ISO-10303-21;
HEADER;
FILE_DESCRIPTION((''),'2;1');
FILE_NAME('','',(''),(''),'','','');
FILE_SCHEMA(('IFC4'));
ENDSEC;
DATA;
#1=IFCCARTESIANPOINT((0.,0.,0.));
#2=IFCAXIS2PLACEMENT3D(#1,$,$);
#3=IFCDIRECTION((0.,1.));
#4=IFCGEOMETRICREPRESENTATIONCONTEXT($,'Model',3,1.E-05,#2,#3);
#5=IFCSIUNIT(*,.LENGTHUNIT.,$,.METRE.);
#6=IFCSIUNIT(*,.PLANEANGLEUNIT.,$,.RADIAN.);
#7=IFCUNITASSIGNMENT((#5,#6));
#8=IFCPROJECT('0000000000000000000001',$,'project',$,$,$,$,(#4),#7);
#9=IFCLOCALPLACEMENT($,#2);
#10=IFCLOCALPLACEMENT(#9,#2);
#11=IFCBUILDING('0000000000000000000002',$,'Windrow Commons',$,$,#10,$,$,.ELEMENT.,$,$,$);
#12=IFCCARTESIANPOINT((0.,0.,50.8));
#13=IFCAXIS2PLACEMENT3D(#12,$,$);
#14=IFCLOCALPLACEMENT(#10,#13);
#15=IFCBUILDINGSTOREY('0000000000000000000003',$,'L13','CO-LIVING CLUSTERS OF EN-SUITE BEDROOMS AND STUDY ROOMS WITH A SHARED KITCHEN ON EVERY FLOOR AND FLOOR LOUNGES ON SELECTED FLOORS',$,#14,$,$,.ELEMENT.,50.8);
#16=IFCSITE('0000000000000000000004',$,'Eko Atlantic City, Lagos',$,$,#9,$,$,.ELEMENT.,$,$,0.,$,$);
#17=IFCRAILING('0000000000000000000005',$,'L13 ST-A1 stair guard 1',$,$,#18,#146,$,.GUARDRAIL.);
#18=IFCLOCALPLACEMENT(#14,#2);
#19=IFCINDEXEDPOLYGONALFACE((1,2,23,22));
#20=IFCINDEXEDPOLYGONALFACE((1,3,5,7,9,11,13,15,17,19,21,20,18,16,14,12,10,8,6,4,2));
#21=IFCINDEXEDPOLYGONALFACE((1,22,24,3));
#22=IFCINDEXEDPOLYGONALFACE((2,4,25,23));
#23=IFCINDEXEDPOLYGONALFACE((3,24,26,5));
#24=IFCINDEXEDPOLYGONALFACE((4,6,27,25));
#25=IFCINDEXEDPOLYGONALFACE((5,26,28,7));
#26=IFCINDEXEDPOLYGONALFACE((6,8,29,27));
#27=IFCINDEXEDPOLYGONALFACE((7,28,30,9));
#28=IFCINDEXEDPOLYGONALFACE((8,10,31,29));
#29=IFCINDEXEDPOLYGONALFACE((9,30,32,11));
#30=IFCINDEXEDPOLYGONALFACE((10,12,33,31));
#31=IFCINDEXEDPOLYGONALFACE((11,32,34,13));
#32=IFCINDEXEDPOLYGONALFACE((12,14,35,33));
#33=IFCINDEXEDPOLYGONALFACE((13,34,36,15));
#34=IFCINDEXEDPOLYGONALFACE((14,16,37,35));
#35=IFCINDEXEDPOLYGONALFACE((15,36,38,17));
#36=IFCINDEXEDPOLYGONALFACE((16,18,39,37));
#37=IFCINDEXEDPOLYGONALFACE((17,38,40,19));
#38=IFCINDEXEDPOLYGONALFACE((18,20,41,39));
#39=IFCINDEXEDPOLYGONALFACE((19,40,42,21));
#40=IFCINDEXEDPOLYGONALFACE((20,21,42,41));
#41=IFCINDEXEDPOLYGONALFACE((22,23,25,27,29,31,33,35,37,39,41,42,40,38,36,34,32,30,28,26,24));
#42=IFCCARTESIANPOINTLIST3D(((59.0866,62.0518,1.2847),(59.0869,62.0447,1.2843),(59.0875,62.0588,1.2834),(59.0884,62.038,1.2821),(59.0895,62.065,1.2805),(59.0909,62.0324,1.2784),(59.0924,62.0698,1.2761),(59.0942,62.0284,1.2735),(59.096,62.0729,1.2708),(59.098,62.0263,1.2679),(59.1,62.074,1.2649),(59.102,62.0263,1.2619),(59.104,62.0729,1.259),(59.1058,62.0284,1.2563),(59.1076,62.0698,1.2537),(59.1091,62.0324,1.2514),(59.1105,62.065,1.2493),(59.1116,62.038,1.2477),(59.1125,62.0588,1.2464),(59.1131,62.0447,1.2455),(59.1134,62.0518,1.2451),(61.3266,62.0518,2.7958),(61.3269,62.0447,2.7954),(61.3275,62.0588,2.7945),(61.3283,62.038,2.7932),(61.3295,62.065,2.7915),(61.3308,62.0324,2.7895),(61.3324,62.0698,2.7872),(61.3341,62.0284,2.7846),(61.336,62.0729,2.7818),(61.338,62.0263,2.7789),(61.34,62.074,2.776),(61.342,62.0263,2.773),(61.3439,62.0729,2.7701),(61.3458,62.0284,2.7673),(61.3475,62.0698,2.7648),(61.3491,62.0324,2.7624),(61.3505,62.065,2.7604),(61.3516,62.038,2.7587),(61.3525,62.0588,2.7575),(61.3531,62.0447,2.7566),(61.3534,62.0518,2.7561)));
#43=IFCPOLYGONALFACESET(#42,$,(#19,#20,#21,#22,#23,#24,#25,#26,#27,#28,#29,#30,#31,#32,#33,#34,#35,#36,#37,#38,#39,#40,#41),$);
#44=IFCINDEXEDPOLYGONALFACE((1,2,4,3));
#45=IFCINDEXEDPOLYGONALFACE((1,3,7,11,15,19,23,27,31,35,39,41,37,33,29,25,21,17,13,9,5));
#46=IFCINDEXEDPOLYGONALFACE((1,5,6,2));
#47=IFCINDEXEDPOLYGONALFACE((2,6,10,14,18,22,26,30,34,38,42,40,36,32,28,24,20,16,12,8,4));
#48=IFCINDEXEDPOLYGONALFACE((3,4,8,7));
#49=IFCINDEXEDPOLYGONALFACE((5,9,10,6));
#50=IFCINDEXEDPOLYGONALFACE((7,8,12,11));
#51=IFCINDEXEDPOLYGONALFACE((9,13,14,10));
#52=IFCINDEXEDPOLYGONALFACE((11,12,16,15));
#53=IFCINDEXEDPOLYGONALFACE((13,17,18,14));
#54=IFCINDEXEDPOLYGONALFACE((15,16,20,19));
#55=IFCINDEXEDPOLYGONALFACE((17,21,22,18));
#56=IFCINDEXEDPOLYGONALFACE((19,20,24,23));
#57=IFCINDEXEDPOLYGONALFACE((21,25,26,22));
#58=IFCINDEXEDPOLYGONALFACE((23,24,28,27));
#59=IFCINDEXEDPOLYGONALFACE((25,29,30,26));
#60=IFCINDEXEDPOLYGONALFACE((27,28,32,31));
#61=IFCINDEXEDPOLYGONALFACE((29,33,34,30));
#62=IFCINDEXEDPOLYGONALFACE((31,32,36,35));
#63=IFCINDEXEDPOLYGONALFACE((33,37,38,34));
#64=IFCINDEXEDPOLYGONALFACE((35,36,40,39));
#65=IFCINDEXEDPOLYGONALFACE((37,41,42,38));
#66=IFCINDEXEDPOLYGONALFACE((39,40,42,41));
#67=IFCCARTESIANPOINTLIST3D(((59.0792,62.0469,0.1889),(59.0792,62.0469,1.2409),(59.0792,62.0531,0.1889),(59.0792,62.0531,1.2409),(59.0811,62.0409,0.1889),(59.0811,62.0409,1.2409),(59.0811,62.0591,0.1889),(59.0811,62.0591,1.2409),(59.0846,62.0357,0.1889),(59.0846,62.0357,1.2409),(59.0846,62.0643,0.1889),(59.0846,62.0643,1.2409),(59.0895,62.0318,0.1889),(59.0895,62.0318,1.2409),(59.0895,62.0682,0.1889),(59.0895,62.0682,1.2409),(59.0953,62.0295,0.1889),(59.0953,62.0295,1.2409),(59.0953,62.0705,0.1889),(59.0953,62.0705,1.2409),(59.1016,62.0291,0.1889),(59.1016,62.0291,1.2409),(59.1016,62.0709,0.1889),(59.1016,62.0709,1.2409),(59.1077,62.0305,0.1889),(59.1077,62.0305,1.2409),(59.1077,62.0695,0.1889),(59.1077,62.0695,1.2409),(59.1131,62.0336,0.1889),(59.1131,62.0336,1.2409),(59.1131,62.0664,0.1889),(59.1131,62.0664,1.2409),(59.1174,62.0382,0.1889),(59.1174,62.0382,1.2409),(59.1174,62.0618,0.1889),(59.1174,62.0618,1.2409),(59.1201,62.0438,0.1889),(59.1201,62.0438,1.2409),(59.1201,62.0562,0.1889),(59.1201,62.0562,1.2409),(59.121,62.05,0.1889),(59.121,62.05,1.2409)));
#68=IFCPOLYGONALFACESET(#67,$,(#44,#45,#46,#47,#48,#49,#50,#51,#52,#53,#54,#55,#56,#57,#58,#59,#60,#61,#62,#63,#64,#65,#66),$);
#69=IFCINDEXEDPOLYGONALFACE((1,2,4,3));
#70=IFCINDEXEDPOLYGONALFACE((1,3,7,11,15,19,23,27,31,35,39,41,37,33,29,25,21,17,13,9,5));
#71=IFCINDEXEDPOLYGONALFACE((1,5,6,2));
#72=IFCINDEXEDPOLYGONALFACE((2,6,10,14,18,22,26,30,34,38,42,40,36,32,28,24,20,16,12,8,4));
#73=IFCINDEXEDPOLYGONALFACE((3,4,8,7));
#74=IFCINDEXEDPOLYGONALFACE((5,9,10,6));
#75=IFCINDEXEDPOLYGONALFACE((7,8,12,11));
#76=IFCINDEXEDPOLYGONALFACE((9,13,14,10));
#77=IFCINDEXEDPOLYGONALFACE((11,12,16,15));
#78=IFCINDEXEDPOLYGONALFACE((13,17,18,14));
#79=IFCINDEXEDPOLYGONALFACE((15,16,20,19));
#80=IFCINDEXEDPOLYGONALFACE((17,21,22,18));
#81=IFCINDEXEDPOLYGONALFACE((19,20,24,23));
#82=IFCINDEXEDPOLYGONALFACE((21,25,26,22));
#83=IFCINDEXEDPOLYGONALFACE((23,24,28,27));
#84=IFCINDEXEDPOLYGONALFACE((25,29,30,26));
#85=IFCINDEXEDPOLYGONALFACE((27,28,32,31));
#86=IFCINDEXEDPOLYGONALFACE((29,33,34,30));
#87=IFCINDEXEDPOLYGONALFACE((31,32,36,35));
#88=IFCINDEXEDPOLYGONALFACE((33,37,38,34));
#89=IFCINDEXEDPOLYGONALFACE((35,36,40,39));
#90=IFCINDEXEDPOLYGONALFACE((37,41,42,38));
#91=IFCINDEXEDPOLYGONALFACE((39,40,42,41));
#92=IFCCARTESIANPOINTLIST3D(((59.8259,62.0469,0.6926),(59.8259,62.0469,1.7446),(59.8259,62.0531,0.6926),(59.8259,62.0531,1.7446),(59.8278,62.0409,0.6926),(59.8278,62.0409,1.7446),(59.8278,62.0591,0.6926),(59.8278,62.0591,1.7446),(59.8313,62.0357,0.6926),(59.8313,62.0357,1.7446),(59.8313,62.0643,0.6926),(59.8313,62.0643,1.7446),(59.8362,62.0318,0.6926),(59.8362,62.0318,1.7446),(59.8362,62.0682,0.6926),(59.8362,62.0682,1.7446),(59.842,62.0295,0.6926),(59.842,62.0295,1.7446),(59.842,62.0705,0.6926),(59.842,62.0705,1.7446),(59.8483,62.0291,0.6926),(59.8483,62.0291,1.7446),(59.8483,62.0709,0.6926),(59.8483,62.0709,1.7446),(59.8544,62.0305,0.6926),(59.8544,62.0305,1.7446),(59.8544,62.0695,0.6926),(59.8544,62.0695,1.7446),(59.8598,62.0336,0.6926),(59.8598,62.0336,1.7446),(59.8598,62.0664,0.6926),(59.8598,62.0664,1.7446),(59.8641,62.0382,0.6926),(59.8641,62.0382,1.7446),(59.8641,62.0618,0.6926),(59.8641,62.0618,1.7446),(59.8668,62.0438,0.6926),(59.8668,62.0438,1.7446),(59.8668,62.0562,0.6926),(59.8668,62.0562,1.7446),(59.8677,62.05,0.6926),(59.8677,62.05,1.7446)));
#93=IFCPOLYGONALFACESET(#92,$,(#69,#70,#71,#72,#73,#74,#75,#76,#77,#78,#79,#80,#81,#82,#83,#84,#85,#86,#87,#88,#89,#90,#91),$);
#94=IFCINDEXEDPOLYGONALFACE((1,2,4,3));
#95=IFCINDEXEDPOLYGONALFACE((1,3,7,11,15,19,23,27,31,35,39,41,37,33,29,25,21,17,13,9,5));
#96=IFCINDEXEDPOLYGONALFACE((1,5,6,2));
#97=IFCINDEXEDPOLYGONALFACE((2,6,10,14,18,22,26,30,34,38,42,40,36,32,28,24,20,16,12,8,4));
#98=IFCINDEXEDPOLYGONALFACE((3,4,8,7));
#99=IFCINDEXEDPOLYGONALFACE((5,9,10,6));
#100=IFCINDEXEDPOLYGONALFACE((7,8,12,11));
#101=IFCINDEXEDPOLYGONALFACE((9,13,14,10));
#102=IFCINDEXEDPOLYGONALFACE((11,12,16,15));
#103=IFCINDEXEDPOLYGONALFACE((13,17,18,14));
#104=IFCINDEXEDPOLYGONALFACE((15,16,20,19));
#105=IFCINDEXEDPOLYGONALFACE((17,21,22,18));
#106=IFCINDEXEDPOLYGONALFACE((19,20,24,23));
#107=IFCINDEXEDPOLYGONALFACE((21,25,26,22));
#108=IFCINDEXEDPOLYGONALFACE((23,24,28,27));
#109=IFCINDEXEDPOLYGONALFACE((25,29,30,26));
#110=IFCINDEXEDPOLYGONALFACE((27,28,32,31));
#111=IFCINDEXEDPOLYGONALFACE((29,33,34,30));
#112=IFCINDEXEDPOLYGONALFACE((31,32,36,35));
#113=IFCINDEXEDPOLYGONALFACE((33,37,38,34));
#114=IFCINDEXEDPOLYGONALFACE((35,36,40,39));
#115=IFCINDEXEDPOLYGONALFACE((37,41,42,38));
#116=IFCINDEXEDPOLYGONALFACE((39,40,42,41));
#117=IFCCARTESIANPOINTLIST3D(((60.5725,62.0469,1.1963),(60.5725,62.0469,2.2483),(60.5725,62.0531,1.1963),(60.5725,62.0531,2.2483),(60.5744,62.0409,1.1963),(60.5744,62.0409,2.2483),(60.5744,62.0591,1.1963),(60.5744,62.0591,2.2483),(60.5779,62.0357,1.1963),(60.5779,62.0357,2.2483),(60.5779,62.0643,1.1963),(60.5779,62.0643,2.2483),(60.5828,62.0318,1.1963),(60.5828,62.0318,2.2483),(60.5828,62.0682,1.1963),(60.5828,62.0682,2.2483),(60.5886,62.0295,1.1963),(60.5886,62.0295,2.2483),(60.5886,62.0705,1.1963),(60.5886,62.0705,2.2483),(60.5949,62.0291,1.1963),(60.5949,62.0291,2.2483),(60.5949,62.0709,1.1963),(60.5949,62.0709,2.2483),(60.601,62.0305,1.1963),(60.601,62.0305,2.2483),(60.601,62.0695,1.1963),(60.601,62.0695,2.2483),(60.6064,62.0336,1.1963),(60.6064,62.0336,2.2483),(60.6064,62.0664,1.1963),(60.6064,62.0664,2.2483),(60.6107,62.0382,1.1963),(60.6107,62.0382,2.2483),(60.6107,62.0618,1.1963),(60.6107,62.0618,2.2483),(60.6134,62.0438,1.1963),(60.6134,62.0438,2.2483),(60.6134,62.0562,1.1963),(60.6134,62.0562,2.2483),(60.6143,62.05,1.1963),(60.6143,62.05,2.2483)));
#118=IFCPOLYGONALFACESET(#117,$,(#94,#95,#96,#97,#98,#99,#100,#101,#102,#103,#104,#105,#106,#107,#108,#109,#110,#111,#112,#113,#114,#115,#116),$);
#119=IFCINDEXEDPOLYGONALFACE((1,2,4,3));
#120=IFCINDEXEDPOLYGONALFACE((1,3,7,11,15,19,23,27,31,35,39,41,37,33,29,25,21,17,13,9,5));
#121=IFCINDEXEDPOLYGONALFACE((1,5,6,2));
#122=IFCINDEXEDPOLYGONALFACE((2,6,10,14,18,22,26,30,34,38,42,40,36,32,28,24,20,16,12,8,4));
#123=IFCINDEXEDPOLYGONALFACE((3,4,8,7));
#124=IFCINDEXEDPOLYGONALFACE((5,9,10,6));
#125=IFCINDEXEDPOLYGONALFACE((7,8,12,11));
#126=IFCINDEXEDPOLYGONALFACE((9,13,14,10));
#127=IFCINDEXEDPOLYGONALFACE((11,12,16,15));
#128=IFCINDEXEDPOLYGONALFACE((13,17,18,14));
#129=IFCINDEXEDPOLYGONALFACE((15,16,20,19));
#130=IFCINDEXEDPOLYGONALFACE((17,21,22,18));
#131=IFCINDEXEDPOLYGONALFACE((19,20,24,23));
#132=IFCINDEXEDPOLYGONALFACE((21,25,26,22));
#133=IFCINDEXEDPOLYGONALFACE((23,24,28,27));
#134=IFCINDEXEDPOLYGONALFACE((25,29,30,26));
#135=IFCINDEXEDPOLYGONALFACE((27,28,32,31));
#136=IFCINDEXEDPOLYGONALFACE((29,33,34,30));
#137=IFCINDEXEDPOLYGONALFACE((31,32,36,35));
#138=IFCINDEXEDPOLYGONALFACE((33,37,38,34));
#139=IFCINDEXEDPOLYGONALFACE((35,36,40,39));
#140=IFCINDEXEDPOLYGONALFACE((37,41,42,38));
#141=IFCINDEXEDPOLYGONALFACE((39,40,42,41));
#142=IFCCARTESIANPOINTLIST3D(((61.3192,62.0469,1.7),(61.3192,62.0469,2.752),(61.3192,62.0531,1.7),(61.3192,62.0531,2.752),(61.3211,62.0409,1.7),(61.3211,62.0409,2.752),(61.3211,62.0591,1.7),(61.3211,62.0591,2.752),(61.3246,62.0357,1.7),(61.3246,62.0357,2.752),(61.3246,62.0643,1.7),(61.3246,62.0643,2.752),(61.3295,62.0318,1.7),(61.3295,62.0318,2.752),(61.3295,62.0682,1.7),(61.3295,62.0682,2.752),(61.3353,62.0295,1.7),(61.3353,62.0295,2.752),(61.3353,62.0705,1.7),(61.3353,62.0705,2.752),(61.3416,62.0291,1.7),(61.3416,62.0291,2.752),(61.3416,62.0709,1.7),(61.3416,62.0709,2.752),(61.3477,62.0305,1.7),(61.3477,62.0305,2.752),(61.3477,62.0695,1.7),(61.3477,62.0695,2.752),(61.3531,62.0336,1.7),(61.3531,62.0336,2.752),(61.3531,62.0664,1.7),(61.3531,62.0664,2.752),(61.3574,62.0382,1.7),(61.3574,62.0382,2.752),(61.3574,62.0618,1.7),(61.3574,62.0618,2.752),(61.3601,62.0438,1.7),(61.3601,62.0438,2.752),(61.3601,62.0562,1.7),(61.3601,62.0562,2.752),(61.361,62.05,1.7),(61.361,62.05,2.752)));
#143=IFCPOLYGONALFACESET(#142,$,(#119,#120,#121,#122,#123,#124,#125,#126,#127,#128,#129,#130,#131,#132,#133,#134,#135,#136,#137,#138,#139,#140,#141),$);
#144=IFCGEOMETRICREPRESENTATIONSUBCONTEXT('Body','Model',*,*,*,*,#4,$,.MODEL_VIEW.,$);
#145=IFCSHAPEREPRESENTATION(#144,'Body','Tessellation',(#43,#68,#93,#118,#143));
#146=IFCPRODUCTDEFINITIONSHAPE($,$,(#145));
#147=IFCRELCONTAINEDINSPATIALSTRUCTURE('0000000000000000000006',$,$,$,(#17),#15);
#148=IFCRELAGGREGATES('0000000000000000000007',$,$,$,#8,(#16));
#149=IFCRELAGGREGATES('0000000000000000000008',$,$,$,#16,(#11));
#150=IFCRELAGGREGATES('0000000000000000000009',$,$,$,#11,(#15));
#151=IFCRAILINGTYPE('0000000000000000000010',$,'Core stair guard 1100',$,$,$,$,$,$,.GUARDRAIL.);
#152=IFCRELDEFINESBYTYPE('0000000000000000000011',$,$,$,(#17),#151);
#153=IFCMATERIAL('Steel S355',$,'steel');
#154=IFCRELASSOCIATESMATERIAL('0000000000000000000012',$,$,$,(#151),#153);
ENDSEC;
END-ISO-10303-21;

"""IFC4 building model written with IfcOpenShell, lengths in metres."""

from ifc_helpers import new_model, si_unit, direction, frame, origin, origin_2d, place, context, subcontext, project, spatial, circle, extrude, material, type_object, element, save


model = new_model("IFC4")

# Units and contexts
model_context = context("Model", 3, precision=1e-05, world=origin(), true_north=direction((0.0, 1.0)))
body_context = subcontext(model_context, "Body", "Model", "MODEL_VIEW")
ifc_project = project(units=[si_unit("LENGTHUNIT", "METRE"), si_unit("PLANEANGLEUNIT", "RADIAN")], contexts=[model_context])

# Site, building, storey
site_placement = place(None, origin())
site = spatial("IfcSite", under=ifc_project, at=site_placement, Name="Eko Atlantic City, Lagos", CompositionType="ELEMENT", RefElevation=0.0)
building_placement = place(site_placement, origin())
building = spatial("IfcBuilding", under=site, at=building_placement, Name="Windrow Commons", CompositionType="ELEMENT")
storey_placement = place(building_placement, frame((0.0, 0.0, 50.8)))
storey = spatial("IfcBuildingStorey", under=building, at=storey_placement, Name="L13", Description="CO-LIVING CLUSTERS OF EN-SUITE BEDROOMS AND STUDY ROOMS WITH A SHARED KITCHEN ON EVERY FLOOR AND FLOOR LOUNGES ON SELECTED FLOORS", CompositionType="ELEMENT", Elevation=50.8)

# Railing
ifc_material_1 = material(Name="Steel S355", Category="steel")
railing_type_1 = type_object("IfcRailingType", Name="Core stair guard 1100", PredefinedType="GUARDRAIL", material=ifc_material_1)
railing_1_placement = place(storey_placement, frame((59.1, 62.05, 0.1889)))
element("IfcRailing", 1, at=railing_1_placement, inside=storey, type_object=railing_type_1, Name="L13 ST-A1 stair guard 1", PredefinedType="GUARDRAIL", context=body_context, shape_type="SweptSolid", body=[
    extrude(circle(Radius=0.024, at=origin_2d()), frame((0.0, 0.0, 1.076), z_axis=(0.829003, 0.0, 0.559244), x_axis=(0.0, 1.0, 0.0)), (0.0, 0.0, 1.0), 2.702),
    extrude(circle(Radius=0.021, at=origin_2d()), origin(), (0.0, 0.0, 1.0), 1.052),
    extrude(circle(Radius=0.021, at=origin_2d()), frame((0.7467, 0.0, 0.5037)), (0.0, 0.0, 1.0), 1.052),
    extrude(circle(Radius=0.021, at=origin_2d()), frame((1.4933, 0.0, 1.0074)), (0.0, 0.0, 1.0), 1.052),
    extrude(circle(Radius=0.021, at=origin_2d()), frame((2.24, 0.0, 1.5111)), (0.0, 0.0, 1.0), 1.052),
])

save(model, "model.ifc")
